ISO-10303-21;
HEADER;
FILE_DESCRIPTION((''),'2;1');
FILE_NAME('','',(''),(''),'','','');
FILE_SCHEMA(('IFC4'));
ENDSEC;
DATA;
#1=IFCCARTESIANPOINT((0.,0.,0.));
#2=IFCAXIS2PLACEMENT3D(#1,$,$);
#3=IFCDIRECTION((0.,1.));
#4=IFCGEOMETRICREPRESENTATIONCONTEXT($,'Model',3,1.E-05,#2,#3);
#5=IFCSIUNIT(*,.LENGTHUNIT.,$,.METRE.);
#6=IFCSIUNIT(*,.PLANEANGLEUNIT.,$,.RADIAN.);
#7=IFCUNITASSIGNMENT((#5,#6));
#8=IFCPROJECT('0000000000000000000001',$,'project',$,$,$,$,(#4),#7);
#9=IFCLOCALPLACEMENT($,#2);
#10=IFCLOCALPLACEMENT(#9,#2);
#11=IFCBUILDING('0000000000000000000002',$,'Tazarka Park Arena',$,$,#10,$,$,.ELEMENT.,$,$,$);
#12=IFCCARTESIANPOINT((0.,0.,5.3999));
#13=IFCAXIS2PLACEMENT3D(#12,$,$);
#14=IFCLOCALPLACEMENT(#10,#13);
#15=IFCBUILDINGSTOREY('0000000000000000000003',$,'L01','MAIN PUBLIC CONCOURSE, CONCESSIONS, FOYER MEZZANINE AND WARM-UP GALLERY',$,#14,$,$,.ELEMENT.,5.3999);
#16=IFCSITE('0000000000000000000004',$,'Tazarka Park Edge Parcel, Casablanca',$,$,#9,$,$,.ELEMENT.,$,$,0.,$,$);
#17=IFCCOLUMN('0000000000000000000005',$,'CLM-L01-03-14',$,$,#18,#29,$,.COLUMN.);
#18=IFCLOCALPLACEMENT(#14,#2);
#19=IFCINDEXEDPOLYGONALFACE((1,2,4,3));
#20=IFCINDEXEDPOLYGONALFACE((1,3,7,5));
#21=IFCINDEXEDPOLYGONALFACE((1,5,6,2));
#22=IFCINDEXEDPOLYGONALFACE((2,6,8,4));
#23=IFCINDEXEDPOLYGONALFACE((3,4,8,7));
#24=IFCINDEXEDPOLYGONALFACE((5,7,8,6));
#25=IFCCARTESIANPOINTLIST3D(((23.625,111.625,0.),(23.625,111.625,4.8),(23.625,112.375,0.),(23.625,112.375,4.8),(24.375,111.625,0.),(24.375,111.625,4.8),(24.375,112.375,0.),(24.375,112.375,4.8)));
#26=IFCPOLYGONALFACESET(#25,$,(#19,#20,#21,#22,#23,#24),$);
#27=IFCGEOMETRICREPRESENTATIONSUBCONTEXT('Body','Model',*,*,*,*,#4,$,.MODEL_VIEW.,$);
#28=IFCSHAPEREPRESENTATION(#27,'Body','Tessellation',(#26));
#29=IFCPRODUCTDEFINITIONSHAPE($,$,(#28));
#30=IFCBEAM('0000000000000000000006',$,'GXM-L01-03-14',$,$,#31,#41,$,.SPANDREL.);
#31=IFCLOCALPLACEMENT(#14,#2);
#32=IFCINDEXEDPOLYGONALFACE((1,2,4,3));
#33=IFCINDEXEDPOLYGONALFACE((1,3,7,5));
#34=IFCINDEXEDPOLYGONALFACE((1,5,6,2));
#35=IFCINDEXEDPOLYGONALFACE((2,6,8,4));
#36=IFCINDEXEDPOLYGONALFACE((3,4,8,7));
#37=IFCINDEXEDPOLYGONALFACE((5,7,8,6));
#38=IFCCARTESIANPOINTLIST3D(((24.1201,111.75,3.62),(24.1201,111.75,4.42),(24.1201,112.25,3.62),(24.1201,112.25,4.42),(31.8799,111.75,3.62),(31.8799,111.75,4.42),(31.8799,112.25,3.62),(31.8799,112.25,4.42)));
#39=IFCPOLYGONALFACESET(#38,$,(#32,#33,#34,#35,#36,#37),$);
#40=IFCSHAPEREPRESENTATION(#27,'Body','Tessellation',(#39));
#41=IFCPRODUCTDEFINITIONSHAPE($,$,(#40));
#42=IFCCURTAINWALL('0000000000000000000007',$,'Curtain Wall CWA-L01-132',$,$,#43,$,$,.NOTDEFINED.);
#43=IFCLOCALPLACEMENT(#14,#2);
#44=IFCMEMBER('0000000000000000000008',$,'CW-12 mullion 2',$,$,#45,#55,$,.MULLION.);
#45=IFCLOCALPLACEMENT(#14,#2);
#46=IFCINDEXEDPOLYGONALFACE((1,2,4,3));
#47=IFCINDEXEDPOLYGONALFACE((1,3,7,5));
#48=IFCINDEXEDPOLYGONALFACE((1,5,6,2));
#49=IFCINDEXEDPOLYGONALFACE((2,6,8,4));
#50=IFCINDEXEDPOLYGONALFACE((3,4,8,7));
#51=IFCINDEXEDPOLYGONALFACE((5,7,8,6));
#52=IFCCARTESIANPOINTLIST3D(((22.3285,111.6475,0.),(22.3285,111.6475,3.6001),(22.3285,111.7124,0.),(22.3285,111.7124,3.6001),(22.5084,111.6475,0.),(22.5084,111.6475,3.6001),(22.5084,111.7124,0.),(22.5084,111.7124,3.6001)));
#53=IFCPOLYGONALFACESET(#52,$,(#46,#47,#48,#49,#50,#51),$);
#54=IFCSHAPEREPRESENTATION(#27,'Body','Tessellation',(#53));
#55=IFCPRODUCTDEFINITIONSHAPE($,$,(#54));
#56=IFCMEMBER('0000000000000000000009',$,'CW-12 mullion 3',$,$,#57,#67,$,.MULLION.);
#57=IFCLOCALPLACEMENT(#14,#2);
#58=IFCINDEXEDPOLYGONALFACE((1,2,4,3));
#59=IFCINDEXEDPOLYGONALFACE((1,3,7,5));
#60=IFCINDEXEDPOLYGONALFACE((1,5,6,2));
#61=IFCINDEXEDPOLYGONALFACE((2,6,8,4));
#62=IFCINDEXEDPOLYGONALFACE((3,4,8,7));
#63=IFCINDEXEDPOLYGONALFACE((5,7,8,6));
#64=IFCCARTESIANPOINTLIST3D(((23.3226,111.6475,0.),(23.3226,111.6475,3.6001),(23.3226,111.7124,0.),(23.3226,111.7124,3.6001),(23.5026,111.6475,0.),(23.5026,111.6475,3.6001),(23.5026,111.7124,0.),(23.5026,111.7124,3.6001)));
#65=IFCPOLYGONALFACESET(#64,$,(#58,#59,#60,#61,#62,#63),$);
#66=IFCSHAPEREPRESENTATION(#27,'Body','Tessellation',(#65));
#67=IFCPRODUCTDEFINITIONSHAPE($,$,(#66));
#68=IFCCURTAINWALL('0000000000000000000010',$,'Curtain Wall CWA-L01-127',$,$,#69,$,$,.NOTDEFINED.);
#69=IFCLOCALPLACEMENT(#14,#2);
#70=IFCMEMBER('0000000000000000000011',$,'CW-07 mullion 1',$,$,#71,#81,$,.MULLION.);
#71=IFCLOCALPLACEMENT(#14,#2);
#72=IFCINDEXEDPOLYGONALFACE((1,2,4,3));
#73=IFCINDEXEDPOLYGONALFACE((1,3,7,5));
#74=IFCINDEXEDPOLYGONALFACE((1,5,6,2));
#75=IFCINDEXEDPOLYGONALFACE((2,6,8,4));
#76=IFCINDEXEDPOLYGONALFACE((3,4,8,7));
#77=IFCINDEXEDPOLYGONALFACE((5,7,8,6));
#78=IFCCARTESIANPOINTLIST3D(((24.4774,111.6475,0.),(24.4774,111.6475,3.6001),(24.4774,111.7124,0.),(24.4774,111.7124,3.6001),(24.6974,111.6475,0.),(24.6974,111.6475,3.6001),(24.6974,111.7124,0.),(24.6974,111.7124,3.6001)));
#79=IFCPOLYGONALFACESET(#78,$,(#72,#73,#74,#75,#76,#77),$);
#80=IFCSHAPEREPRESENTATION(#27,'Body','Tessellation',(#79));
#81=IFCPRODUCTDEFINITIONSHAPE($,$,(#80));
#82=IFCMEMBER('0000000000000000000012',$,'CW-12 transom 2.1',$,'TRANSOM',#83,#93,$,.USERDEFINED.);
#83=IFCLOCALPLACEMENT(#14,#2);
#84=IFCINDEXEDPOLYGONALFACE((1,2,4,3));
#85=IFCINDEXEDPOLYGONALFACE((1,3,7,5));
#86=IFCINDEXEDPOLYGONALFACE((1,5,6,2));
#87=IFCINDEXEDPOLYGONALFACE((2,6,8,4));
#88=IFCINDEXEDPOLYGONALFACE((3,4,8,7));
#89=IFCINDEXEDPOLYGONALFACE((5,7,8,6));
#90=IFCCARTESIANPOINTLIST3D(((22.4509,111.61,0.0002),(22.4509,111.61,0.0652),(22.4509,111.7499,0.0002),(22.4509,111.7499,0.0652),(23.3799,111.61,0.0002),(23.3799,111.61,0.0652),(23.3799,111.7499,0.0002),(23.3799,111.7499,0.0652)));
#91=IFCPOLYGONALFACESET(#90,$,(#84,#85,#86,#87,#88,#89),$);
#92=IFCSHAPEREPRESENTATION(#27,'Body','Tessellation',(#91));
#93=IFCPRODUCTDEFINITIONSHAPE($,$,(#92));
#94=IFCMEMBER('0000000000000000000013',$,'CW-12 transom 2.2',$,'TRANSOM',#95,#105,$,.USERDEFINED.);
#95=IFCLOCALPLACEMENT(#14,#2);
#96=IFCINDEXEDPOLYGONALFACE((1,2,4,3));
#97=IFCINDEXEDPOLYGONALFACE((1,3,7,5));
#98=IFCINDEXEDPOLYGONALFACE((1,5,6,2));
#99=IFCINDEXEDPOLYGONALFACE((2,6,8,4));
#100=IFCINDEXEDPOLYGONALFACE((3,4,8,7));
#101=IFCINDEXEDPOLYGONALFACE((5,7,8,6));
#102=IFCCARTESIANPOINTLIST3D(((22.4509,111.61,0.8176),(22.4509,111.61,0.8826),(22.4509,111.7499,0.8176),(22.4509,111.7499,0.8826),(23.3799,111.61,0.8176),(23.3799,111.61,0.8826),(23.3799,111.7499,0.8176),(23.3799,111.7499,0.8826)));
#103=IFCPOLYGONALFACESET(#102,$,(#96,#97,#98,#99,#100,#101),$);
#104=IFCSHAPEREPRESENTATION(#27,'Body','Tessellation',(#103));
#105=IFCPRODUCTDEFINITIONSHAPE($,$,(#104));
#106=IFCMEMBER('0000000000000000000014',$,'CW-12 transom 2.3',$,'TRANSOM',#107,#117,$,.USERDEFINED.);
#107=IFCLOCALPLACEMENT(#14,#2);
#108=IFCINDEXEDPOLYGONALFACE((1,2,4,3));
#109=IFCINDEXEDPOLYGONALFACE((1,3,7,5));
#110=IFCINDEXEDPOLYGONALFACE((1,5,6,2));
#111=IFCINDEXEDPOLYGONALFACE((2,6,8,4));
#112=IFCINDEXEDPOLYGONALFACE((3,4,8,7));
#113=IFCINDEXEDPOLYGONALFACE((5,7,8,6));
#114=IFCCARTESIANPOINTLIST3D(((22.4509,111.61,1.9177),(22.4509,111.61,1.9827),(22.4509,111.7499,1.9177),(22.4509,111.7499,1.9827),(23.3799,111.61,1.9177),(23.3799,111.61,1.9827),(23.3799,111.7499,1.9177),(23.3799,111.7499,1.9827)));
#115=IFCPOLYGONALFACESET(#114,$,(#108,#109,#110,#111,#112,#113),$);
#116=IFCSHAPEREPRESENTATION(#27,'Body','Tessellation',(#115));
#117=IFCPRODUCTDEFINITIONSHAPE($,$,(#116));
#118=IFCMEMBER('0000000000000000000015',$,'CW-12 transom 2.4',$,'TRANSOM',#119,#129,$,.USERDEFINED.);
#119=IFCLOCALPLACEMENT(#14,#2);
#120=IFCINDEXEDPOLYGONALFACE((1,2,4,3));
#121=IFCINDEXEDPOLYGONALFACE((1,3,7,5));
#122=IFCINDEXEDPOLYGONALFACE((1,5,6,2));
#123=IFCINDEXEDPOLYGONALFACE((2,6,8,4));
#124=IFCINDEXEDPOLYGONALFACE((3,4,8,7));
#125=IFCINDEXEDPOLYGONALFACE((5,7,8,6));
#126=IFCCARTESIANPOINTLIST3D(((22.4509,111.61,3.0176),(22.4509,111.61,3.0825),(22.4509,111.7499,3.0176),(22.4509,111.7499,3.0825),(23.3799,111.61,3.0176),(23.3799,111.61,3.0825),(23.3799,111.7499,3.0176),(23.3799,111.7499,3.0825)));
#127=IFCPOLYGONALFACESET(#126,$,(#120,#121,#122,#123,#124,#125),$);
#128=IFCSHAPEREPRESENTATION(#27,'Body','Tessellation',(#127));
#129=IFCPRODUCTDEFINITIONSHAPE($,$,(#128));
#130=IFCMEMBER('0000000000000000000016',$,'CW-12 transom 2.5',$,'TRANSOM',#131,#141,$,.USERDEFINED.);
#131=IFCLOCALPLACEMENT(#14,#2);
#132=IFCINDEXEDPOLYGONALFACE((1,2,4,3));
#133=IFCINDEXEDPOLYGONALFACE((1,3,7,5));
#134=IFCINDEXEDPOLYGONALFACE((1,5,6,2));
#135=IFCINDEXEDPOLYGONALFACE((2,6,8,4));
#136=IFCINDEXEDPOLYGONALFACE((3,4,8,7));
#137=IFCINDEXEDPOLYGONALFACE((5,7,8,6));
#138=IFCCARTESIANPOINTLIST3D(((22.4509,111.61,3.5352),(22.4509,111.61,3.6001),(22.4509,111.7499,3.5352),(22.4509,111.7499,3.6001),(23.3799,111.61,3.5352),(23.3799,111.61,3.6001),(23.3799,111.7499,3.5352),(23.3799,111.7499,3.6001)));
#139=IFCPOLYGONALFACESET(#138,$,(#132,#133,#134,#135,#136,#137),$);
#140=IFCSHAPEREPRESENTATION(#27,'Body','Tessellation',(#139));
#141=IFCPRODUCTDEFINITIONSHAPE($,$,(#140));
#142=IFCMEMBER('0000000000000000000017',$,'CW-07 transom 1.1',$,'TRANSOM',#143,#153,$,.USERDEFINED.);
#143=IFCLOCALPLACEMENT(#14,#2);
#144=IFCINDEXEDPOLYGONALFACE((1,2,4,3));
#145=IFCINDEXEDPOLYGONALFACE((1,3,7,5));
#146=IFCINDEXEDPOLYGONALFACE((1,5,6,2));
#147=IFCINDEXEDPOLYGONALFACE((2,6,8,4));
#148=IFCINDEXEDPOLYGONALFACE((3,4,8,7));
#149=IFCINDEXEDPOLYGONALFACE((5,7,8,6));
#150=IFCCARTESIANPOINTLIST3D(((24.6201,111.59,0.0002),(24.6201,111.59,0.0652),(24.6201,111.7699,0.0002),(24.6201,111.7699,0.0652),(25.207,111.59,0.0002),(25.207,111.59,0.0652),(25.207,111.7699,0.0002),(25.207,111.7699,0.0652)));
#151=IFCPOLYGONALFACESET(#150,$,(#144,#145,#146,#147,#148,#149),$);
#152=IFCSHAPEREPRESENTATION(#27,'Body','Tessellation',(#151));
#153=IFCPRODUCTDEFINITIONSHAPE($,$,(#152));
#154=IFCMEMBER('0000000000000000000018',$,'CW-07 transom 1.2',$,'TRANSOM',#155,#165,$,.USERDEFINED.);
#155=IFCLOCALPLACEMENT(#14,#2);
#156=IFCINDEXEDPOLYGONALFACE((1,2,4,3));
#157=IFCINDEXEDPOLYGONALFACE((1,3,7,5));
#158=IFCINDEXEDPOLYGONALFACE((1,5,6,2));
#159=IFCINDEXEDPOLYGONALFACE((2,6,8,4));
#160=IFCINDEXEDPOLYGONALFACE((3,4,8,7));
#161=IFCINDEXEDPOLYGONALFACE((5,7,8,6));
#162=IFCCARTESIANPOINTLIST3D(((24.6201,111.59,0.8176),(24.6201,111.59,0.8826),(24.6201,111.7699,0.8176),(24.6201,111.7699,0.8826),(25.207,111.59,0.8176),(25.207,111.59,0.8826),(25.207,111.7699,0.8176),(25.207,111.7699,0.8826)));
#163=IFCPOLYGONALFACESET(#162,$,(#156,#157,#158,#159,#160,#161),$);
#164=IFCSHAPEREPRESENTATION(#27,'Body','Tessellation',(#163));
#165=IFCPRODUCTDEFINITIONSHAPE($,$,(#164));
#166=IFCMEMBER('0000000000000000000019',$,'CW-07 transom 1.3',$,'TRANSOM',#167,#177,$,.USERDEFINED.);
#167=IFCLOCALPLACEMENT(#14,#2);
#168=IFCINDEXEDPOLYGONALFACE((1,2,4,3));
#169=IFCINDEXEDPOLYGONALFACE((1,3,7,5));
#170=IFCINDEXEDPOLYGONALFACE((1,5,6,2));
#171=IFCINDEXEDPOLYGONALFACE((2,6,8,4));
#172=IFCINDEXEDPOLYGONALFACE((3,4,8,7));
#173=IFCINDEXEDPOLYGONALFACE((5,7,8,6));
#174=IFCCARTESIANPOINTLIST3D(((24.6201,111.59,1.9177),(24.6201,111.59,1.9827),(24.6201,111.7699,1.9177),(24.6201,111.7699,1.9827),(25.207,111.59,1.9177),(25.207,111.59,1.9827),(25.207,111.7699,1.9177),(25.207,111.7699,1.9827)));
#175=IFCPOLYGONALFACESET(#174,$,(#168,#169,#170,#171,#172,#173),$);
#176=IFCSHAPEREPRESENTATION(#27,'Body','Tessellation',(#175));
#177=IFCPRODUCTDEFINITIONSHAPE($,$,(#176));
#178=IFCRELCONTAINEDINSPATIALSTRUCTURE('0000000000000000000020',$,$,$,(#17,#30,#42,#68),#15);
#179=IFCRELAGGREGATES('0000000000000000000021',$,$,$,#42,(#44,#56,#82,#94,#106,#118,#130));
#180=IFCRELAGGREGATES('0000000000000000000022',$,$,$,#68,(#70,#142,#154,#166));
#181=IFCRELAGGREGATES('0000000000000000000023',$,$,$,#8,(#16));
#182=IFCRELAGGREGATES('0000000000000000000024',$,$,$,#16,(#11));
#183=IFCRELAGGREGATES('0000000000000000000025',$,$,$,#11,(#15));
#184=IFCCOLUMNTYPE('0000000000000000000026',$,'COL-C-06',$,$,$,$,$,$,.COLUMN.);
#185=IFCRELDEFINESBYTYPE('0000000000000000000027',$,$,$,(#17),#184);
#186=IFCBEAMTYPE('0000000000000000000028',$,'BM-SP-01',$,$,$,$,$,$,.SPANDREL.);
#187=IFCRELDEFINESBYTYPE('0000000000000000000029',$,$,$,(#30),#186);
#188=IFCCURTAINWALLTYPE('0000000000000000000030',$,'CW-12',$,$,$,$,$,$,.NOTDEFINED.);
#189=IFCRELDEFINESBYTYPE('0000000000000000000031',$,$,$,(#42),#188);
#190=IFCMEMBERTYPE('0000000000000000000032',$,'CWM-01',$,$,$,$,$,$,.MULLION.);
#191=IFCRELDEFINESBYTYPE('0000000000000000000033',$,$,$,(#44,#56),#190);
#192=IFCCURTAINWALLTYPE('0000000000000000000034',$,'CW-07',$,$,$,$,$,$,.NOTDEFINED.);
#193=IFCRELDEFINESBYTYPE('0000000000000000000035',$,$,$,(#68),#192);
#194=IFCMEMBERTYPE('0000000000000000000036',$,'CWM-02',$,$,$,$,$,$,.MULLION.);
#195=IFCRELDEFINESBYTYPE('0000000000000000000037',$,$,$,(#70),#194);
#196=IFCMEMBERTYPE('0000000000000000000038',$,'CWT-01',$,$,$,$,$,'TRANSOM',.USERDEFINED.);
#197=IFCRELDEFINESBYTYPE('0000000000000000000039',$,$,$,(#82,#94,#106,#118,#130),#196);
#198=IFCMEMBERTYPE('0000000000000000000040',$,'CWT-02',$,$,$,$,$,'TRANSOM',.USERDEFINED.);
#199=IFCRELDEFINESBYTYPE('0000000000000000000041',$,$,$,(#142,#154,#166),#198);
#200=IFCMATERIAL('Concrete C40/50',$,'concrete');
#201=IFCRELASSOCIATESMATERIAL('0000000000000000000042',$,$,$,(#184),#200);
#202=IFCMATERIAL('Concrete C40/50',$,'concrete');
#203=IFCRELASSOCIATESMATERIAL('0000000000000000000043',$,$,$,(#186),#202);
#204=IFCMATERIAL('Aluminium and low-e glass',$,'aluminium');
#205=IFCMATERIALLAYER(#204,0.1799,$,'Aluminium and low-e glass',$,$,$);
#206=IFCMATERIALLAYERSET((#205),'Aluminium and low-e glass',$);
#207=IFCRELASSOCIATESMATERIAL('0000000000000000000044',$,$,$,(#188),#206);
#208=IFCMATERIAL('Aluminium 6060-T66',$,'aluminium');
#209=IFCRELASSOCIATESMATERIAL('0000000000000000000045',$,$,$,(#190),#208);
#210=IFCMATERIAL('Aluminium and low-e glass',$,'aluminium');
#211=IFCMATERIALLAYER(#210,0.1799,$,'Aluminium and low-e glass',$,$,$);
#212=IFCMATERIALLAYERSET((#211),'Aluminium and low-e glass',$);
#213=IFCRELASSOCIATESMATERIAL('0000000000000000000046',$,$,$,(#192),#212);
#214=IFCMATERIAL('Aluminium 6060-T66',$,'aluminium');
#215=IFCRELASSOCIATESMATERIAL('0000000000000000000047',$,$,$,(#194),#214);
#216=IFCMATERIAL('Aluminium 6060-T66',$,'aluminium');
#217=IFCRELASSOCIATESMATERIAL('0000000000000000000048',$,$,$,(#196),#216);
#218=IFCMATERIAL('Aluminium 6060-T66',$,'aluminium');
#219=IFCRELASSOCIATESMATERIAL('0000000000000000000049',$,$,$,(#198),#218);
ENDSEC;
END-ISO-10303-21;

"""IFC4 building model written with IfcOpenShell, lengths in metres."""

from ifc_helpers import new_model, si_unit, direction, frame, origin, origin_2d, place, context, subcontext, project, spatial, rectangle, extrude, material, layer, layer_set, material_profile, profile_set, type_object, element, aggregate, save


model = new_model("IFC4")

# Units and contexts
model_context = context("Model", 3, precision=1e-05, world=origin(), true_north=direction((0.0, 1.0)))
body_context = subcontext(model_context, "Body", "Model", "MODEL_VIEW")
ifc_project = project(units=[si_unit("LENGTHUNIT", "METRE"), si_unit("PLANEANGLEUNIT", "RADIAN")], contexts=[model_context])

# Site, building, storey
site_placement = place(None, origin())
site = spatial("IfcSite", under=ifc_project, at=site_placement, Name="Tazarka Park Edge Parcel, Casablanca", CompositionType="ELEMENT", RefElevation=0.0)
building_placement = place(site_placement, origin())
building = spatial("IfcBuilding", under=site, at=building_placement, Name="Tazarka Park Arena", CompositionType="ELEMENT")
storey_placement = place(building_placement, frame((0.0, 0.0, 5.3999)))
storey = spatial("IfcBuildingStorey", under=building, at=storey_placement, Name="L01", Description="MAIN PUBLIC CONCOURSE, CONCESSIONS, FOYER MEZZANINE AND WARM-UP GALLERY", CompositionType="ELEMENT", Elevation=5.3999)

# Column
ifc_material_1 = material(Name="Concrete C40/50", Category="concrete")
ifc_material_profile_1 = material_profile(ifc_material_1, rectangle(XDim=0.75, YDim=0.75, at=origin_2d()), Name="Concrete C40/50")
ifc_profile_set_1 = profile_set([ifc_material_profile_1], Name="Concrete C40/50")
column_type = type_object("IfcColumnType", Name="COL-C-06", PredefinedType="COLUMN", material=ifc_profile_set_1)
column_placement = place(storey_placement, frame((24.0, 112.0, 0.0), z_axis=(0.0, 0.0, 1.0), x_axis=(1.0, 0.0, 0.0)))
element("IfcColumn", 1, at=column_placement, inside=storey, type_object=column_type, Name="CLM-L01-03-14", PredefinedType="COLUMN", context=body_context, shape_type="SweptSolid", body=[
    extrude(rectangle(XDim=0.75, YDim=0.75, at=origin_2d()), origin(), (0.0, 0.0, 1.0), 4.8),
])

# Beam
ifc_material_2 = material(Name="Concrete C40/50", Category="concrete")
ifc_material_profile_2 = material_profile(ifc_material_2, rectangle(XDim=0.5, YDim=0.8, at=origin_2d()), Name="Concrete C40/50")
ifc_profile_set_2 = profile_set([ifc_material_profile_2], Name="Concrete C40/50")
beam_type = type_object("IfcBeamType", Name="BM-SP-01", PredefinedType="SPANDREL", material=ifc_profile_set_2)
beam_placement = place(storey_placement, frame((24.1201, 112.0, 4.02), z_axis=(1.0, 0.0, 0.0), x_axis=(0.0, 1.0, 0.0)))
element("IfcBeam", 2, at=beam_placement, inside=storey, type_object=beam_type, Name="GXM-L01-03-14", PredefinedType="SPANDREL", context=body_context, shape_type="SweptSolid", body=[
    extrude(rectangle(XDim=0.5, YDim=0.8, at=origin_2d()), origin(), (0.0, 0.0, 1.0), 7.7598),
])

# Curtain wall, members
ifc_material_3 = material(Name="Aluminium and low-e glass", Category="aluminium")
ifc_layer_1 = layer(ifc_material_3, 0.1799, Name="Aluminium and low-e glass")
ifc_layer_set_1 = layer_set([ifc_layer_1], Name="Aluminium and low-e glass")
curtain_wall_type_1 = type_object("IfcCurtainWallType", Name="CW-12", PredefinedType="NOTDEFINED", material=ifc_layer_set_1)
curtain_wall_1_placement = place(storey_placement, origin())
curtain_wall_1 = element("IfcCurtainWall", 3, at=curtain_wall_1_placement, inside=storey, type_object=curtain_wall_type_1, Name="Curtain Wall CWA-L01-132", PredefinedType="NOTDEFINED")
ifc_material_4 = material(Name="Aluminium 6060-T66", Category="aluminium")
ifc_material_profile_3 = material_profile(ifc_material_4, rectangle(XDim=0.0649, YDim=0.1799, at=origin_2d()), Name="Aluminium 6060-T66")
ifc_profile_set_3 = profile_set([ifc_material_profile_3], Name="Aluminium 6060-T66")
member_type_1 = type_object("IfcMemberType", Name="CWM-01", PredefinedType="MULLION", material=ifc_profile_set_3)
member_1_placement = place(storey_placement, frame((22.4185, 111.6799, 0.0), z_axis=(0.0, 0.0, 1.0), x_axis=(0.0, 1.0, 0.0)))
member_1 = element("IfcMember", 4, at=member_1_placement, type_object=member_type_1, Name="CW-12 mullion 2", PredefinedType="MULLION", context=body_context, shape_type="SweptSolid", body=[
    extrude(rectangle(XDim=0.0649, YDim=0.1799, at=origin_2d()), origin(), (0.0, 0.0, 1.0), 3.6001),
])
member_2_placement = place(storey_placement, frame((23.4126, 111.6799, 0.0), z_axis=(0.0, 0.0, 1.0), x_axis=(0.0, 1.0, 0.0)))
member_2 = element("IfcMember", 5, at=member_2_placement, type_object=member_type_1, Name="CW-12 mullion 3", PredefinedType="MULLION", context=body_context, shape_type="SweptSolid", body=[
    extrude(rectangle(XDim=0.0649, YDim=0.1799, at=origin_2d()), origin(), (0.0, 0.0, 1.0), 3.6001),
])

# Curtain wall, member
ifc_material_5 = material(Name="Aluminium and low-e glass", Category="aluminium")
ifc_layer_2 = layer(ifc_material_5, 0.1799, Name="Aluminium and low-e glass")
ifc_layer_set_2 = layer_set([ifc_layer_2], Name="Aluminium and low-e glass")
curtain_wall_type_2 = type_object("IfcCurtainWallType", Name="CW-07", PredefinedType="NOTDEFINED", material=ifc_layer_set_2)
curtain_wall_2_placement = place(storey_placement, origin())
curtain_wall_2 = element("IfcCurtainWall", 6, at=curtain_wall_2_placement, inside=storey, type_object=curtain_wall_type_2, Name="Curtain Wall CWA-L01-127", PredefinedType="NOTDEFINED")
ifc_material_6 = material(Name="Aluminium 6060-T66", Category="aluminium")
ifc_material_profile_4 = material_profile(ifc_material_6, rectangle(XDim=0.0649, YDim=0.22, at=origin_2d()), Name="Aluminium 6060-T66")
ifc_profile_set_4 = profile_set([ifc_material_profile_4], Name="Aluminium 6060-T66")
member_type_2 = type_object("IfcMemberType", Name="CWM-02", PredefinedType="MULLION", material=ifc_profile_set_4)
member_3_placement = place(storey_placement, frame((24.5874, 111.6799, 0.0), z_axis=(0.0, 0.0, 1.0), x_axis=(0.0, 1.0, 0.0)))
member_3 = element("IfcMember", 7, at=member_3_placement, type_object=member_type_2, Name="CW-07 mullion 1", PredefinedType="MULLION", context=body_context, shape_type="SweptSolid", body=[
    extrude(rectangle(XDim=0.0649, YDim=0.22, at=origin_2d()), origin(), (0.0, 0.0, 1.0), 3.6001),
])

# Members
ifc_material_7 = material(Name="Aluminium 6060-T66", Category="aluminium")
ifc_material_profile_5 = material_profile(ifc_material_7, rectangle(XDim=0.1399, YDim=0.0649, at=origin_2d()), Name="Aluminium 6060-T66")
ifc_profile_set_5 = profile_set([ifc_material_profile_5], Name="Aluminium 6060-T66")
member_type_3 = type_object("IfcMemberType", Name="CWT-01", ElementType="TRANSOM", PredefinedType="USERDEFINED", material=ifc_profile_set_5)
member_4_placement = place(storey_placement, frame((22.4509, 111.6799, 0.0327), z_axis=(1.0, 0.0, 0.0), x_axis=(0.0, 1.0, 0.0)))
member_4 = element("IfcMember", 8, at=member_4_placement, type_object=member_type_3, Name="CW-12 transom 2.1", ObjectType="TRANSOM", PredefinedType="USERDEFINED", context=body_context, shape_type="SweptSolid", body=[
    extrude(rectangle(XDim=0.1399, YDim=0.0649, at=origin_2d()), origin(), (0.0, 0.0, 1.0), 0.929),
])
member_5_placement = place(storey_placement, frame((22.4509, 111.6799, 0.8501), z_axis=(1.0, 0.0, 0.0), x_axis=(0.0, 1.0, 0.0)))
member_5 = element("IfcMember", 9, at=member_5_placement, type_object=member_type_3, Name="CW-12 transom 2.2", ObjectType="TRANSOM", PredefinedType="USERDEFINED", context=body_context, shape_type="SweptSolid", body=[
    extrude(rectangle(XDim=0.1399, YDim=0.0649, at=origin_2d()), origin(), (0.0, 0.0, 1.0), 0.929),
])
member_6_placement = place(storey_placement, frame((22.4509, 111.6799, 1.9502), z_axis=(1.0, 0.0, 0.0), x_axis=(0.0, 1.0, 0.0)))
member_6 = element("IfcMember", 10, at=member_6_placement, type_object=member_type_3, Name="CW-12 transom 2.3", ObjectType="TRANSOM", PredefinedType="USERDEFINED", context=body_context, shape_type="SweptSolid", body=[
    extrude(rectangle(XDim=0.1399, YDim=0.0649, at=origin_2d()), origin(), (0.0, 0.0, 1.0), 0.929),
])
member_7_placement = place(storey_placement, frame((22.4509, 111.6799, 3.05), z_axis=(1.0, 0.0, 0.0), x_axis=(0.0, 1.0, 0.0)))
member_7 = element("IfcMember", 11, at=member_7_placement, type_object=member_type_3, Name="CW-12 transom 2.4", ObjectType="TRANSOM", PredefinedType="USERDEFINED", context=body_context, shape_type="SweptSolid", body=[
    extrude(rectangle(XDim=0.1399, YDim=0.0649, at=origin_2d()), origin(), (0.0, 0.0, 1.0), 0.929),
])
member_8_placement = place(storey_placement, frame((22.4509, 111.6799, 3.5676), z_axis=(1.0, 0.0, 0.0), x_axis=(0.0, 1.0, 0.0)))
member_8 = element("IfcMember", 12, at=member_8_placement, type_object=member_type_3, Name="CW-12 transom 2.5", ObjectType="TRANSOM", PredefinedType="USERDEFINED", context=body_context, shape_type="SweptSolid", body=[
    extrude(rectangle(XDim=0.1399, YDim=0.0649, at=origin_2d()), origin(), (0.0, 0.0, 1.0), 0.929),
])
ifc_material_8 = material(Name="Aluminium 6060-T66", Category="aluminium")
ifc_material_profile_6 = material_profile(ifc_material_8, rectangle(XDim=0.1799, YDim=0.0649, at=origin_2d()), Name="Aluminium 6060-T66")
ifc_profile_set_6 = profile_set([ifc_material_profile_6], Name="Aluminium 6060-T66")
member_type_4 = type_object("IfcMemberType", Name="CWT-02", ElementType="TRANSOM", PredefinedType="USERDEFINED", material=ifc_profile_set_6)
member_9_placement = place(storey_placement, frame((24.6201, 111.6799, 0.0327), z_axis=(1.0, 0.0, 0.0), x_axis=(0.0, 1.0, 0.0)))
member_9 = element("IfcMember", 13, at=member_9_placement, type_object=member_type_4, Name="CW-07 transom 1.1", ObjectType="TRANSOM", PredefinedType="USERDEFINED", context=body_context, shape_type="SweptSolid", body=[
    extrude(rectangle(XDim=0.1799, YDim=0.0649, at=origin_2d()), origin(), (0.0, 0.0, 1.0), 0.5869),
])
member_10_placement = place(storey_placement, frame((24.6201, 111.6799, 0.8501), z_axis=(1.0, 0.0, 0.0), x_axis=(0.0, 1.0, 0.0)))
member_10 = element("IfcMember", 14, at=member_10_placement, type_object=member_type_4, Name="CW-07 transom 1.2", ObjectType="TRANSOM", PredefinedType="USERDEFINED", context=body_context, shape_type="SweptSolid", body=[
    extrude(rectangle(XDim=0.1799, YDim=0.0649, at=origin_2d()), origin(), (0.0, 0.0, 1.0), 0.5869),
])
member_11_placement = place(storey_placement, frame((24.6201, 111.6799, 1.9502), z_axis=(1.0, 0.0, 0.0), x_axis=(0.0, 1.0, 0.0)))
member_11 = element("IfcMember", 15, at=member_11_placement, type_object=member_type_4, Name="CW-07 transom 1.3", ObjectType="TRANSOM", PredefinedType="USERDEFINED", context=body_context, shape_type="SweptSolid", body=[
    extrude(rectangle(XDim=0.1799, YDim=0.0649, at=origin_2d()), origin(), (0.0, 0.0, 1.0), 0.5869),
])

aggregate(curtain_wall_1, [member_1, member_2, member_4, member_5, member_6, member_7, member_8])
aggregate(curtain_wall_2, [member_3, member_9, member_10, member_11])

save(model, "model.ifc")
